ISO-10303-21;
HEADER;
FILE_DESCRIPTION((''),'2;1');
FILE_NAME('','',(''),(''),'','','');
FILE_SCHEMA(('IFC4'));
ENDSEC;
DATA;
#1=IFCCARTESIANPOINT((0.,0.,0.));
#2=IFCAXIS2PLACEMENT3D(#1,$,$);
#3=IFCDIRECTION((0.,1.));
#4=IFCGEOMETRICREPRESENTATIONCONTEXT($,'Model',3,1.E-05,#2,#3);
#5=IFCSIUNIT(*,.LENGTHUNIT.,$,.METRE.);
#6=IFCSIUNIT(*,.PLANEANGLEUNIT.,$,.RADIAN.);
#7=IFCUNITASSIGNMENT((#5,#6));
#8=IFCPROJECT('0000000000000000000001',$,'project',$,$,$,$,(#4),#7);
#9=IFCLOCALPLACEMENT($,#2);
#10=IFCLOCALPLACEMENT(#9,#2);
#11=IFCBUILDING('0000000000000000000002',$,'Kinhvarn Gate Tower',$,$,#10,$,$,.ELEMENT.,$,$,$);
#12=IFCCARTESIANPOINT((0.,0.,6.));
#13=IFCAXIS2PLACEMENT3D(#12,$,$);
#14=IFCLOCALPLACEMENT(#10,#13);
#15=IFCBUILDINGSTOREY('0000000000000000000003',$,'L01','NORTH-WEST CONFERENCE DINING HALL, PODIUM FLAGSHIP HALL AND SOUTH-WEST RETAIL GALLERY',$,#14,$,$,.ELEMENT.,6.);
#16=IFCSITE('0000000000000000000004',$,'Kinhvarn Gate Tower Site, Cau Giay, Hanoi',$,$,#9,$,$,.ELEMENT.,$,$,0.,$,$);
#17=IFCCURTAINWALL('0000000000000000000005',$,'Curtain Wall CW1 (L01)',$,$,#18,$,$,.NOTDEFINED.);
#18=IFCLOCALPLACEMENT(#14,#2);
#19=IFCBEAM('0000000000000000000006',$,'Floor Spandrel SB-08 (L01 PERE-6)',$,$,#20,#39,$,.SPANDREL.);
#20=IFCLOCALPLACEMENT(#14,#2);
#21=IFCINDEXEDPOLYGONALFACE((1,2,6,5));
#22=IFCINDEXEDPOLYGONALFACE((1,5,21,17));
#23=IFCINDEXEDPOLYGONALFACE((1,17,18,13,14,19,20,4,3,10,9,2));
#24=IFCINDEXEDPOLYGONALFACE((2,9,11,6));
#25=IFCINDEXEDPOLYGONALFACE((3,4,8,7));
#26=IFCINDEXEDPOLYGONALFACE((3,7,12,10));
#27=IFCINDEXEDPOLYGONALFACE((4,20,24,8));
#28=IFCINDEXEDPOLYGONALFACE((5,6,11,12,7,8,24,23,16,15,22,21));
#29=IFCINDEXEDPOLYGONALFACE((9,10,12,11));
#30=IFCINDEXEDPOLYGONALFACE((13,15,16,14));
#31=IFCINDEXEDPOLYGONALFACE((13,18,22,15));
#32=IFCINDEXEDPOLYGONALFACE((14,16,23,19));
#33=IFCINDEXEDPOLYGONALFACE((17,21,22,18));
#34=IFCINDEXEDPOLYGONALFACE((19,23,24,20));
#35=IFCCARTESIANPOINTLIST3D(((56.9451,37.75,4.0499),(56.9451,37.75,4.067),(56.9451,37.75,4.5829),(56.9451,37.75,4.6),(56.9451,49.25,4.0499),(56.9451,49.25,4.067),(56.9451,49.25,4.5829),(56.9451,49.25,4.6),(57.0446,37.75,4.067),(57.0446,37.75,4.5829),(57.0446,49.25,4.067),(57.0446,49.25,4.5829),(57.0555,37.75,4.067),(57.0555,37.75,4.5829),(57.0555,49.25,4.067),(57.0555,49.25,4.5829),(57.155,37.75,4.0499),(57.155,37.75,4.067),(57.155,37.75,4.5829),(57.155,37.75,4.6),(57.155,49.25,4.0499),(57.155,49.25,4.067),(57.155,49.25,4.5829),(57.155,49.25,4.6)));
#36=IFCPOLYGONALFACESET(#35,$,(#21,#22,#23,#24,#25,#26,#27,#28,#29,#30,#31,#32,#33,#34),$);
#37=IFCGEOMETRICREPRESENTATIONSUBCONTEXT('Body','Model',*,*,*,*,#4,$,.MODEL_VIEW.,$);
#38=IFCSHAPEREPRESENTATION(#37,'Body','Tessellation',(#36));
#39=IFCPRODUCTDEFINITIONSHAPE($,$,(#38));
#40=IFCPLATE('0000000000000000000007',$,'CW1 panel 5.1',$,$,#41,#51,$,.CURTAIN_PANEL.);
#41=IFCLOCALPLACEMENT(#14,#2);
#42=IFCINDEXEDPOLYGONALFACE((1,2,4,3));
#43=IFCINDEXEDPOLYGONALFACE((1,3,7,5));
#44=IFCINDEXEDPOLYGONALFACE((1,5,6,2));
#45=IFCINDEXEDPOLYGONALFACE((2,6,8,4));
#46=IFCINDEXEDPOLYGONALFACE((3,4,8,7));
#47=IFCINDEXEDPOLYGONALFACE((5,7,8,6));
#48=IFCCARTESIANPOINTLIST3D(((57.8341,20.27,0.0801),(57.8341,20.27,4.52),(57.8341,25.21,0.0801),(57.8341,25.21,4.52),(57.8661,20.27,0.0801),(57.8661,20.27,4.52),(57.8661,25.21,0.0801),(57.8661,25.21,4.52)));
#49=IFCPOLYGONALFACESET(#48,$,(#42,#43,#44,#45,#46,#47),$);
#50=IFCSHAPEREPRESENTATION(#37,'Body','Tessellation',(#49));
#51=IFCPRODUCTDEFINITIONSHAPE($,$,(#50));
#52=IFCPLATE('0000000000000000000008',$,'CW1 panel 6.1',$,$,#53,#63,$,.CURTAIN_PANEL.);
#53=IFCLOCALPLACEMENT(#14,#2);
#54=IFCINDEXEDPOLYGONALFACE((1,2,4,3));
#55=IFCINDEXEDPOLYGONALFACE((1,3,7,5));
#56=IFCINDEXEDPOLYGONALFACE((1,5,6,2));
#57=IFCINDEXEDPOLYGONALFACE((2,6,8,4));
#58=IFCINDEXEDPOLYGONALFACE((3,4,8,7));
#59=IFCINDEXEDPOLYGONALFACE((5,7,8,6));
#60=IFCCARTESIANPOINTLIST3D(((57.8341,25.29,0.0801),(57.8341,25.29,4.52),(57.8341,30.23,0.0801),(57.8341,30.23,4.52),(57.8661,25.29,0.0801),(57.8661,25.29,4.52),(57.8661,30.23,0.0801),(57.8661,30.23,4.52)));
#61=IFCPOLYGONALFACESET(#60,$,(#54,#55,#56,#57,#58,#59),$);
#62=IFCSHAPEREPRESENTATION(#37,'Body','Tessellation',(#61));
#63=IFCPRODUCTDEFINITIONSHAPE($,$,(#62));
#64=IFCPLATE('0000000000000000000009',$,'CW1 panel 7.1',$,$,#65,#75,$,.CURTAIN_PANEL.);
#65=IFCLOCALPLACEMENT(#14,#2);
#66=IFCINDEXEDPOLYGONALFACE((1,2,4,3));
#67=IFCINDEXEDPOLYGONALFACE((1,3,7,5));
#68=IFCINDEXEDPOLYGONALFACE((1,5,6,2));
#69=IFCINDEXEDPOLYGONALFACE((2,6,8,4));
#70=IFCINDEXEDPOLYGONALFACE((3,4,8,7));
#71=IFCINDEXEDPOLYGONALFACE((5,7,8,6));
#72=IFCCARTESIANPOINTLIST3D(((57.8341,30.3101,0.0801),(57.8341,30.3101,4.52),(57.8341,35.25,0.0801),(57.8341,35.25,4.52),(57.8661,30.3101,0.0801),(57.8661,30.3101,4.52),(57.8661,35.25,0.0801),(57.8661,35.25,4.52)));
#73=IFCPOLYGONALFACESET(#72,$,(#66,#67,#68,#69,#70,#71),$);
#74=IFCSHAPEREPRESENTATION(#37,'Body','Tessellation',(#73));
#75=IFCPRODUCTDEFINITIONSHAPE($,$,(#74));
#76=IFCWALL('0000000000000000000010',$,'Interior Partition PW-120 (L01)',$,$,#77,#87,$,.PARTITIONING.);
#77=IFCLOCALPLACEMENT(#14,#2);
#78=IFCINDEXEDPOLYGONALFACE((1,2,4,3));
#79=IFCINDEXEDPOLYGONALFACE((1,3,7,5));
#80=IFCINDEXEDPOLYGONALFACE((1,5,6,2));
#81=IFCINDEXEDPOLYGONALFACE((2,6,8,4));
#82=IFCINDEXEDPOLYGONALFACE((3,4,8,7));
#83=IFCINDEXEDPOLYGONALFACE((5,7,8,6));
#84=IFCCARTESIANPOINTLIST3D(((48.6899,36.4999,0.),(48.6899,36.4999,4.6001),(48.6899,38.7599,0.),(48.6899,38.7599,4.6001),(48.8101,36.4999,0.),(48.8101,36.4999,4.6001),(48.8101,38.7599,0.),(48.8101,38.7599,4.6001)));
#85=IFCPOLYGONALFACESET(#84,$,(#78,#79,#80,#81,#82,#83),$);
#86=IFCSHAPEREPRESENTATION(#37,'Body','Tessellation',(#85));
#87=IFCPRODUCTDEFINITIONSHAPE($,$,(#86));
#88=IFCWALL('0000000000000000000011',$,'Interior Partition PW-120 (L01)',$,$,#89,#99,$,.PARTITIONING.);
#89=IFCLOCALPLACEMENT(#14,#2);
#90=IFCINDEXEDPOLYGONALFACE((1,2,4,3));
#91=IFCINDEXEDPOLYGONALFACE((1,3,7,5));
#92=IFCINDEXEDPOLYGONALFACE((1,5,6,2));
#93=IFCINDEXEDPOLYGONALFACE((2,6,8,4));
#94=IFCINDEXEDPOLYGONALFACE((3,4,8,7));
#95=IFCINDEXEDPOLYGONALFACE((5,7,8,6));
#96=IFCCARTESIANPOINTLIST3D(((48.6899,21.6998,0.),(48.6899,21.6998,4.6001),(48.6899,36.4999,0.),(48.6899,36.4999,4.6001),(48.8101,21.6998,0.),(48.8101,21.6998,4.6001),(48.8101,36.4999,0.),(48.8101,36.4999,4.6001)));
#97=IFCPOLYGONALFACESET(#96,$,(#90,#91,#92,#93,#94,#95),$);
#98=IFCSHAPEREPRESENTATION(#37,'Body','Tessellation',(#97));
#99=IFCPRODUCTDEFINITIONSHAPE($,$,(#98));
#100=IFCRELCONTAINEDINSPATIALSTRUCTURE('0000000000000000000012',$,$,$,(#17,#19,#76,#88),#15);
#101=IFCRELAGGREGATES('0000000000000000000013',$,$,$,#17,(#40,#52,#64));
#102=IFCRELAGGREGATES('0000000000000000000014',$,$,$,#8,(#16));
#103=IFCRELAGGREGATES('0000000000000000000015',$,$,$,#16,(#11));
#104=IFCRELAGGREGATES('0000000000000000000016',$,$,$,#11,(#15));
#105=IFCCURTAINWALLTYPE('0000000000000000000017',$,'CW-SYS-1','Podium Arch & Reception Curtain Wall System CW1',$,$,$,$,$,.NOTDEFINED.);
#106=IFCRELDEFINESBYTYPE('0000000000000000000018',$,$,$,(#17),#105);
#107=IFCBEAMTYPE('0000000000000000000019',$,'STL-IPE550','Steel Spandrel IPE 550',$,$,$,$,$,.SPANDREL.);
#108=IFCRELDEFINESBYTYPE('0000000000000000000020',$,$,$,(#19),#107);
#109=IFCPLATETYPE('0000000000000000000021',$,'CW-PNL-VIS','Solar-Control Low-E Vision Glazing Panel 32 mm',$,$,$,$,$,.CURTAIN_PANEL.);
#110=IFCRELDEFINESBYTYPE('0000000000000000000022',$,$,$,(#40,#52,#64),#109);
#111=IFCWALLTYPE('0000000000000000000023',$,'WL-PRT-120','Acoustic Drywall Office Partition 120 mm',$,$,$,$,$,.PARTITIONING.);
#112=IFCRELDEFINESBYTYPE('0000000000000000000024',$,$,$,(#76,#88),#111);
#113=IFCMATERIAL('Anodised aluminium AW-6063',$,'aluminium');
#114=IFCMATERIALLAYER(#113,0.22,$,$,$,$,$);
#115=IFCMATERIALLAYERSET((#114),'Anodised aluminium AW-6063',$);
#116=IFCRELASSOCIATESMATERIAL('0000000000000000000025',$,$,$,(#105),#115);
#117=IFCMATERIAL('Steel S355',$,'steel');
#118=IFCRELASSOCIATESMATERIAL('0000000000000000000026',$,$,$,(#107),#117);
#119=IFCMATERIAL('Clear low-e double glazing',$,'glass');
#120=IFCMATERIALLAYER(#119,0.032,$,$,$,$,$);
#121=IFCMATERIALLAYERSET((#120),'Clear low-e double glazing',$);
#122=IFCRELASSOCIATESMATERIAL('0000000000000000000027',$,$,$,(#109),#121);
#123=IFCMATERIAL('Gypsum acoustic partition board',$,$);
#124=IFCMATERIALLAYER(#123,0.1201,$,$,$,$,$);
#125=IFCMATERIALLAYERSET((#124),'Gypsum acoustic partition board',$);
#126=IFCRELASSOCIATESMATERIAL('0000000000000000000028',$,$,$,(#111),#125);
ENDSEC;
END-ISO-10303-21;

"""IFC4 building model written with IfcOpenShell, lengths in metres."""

from ifc_helpers import new_model, si_unit, direction, frame, frame_2d, origin, origin_2d, place, context, subcontext, project, spatial, rectangle, i_section, extrude, material, layer, layer_set, material_profile, profile_set, type_object, element, aggregate, save


model = new_model("IFC4")

# Units and contexts
model_context = context("Model", 3, precision=1e-05, world=origin(), true_north=direction((0.0, 1.0)))
body_context = subcontext(model_context, "Body", "Model", "MODEL_VIEW")
ifc_project = project(units=[si_unit("LENGTHUNIT", "METRE"), si_unit("PLANEANGLEUNIT", "RADIAN")], contexts=[model_context])

# Site, building, storey
site_placement = place(None, origin())
site = spatial("IfcSite", under=ifc_project, at=site_placement, Name="Kinhvarn Gate Tower Site, Cau Giay, Hanoi", CompositionType="ELEMENT", RefElevation=0.0)
building_placement = place(site_placement, origin())
building = spatial("IfcBuilding", under=site, at=building_placement, Name="Kinhvarn Gate Tower", CompositionType="ELEMENT")
storey_placement = place(building_placement, frame((0.0, 0.0, 6.0)))
storey = spatial("IfcBuildingStorey", under=building, at=storey_placement, Name="L01", Description="NORTH-WEST CONFERENCE DINING HALL, PODIUM FLAGSHIP HALL AND SOUTH-WEST RETAIL GALLERY", CompositionType="ELEMENT", Elevation=6.0)

# Curtain wall
ifc_material_1 = material(Name="Anodised aluminium AW-6063", Category="aluminium")
ifc_layer_1 = layer(ifc_material_1, 0.22)
ifc_layer_set_1 = layer_set([ifc_layer_1], Name="Anodised aluminium AW-6063")
curtain_wall_type = type_object("IfcCurtainWallType", Name="CW-SYS-1", Description="Podium Arch & Reception Curtain Wall System CW1", PredefinedType="NOTDEFINED", material=ifc_layer_set_1)
curtain_wall_placement = place(storey_placement, origin())
curtain_wall = element("IfcCurtainWall", 1, at=curtain_wall_placement, inside=storey, type_object=curtain_wall_type, Name="Curtain Wall CW1 (L01)", PredefinedType="NOTDEFINED")

# Beam
ifc_material_2 = material(Name="Steel S355", Category="steel")
ifc_material_profile_1 = material_profile(ifc_material_2, i_section(OverallWidth=0.21, OverallDepth=0.55, WebThickness=0.011, FlangeThickness=0.0171, at=origin_2d()), Name="IPE 550")
ifc_profile_set_1 = profile_set([ifc_material_profile_1], Name="Steel S355")
beam_type_1 = type_object("IfcBeamType", Name="STL-IPE550", Description="Steel Spandrel IPE 550", PredefinedType="SPANDREL", material=ifc_profile_set_1)
beam_1_placement = place(storey_placement, frame((57.05, 37.75, 4.325), z_axis=(0.0, 1.0, 0.0), x_axis=(-1.0, 0.0, 0.0)))
element("IfcBeam", 2, at=beam_1_placement, inside=storey, type_object=beam_type_1, Name="Floor Spandrel SB-08 (L01 PERE-6)", PredefinedType="SPANDREL", context=body_context, shape_type="SweptSolid", body=[
    extrude(i_section(OverallWidth=0.21, OverallDepth=0.55, WebThickness=0.011, FlangeThickness=0.0171, at=origin_2d()), origin(), (0.0, 0.0, 1.0), 11.5),
])

# Plates
ifc_material_3 = material(Name="Clear low-e double glazing", Category="glass")
ifc_layer_2 = layer(ifc_material_3, 0.032)
ifc_layer_set_2 = layer_set([ifc_layer_2], Name="Clear low-e double glazing")
plate_type = type_object("IfcPlateType", Name="CW-PNL-VIS", Description="Solar-Control Low-E Vision Glazing Panel 32 mm", PredefinedType="CURTAIN_PANEL", material=ifc_layer_set_2)
plate_1_placement = place(storey_placement, frame((57.8501, 22.74, 0.0801), z_axis=(0.0, 0.0, 1.0), x_axis=(0.0, 1.0, 0.0)))
plate_1 = element("IfcPlate", 3, at=plate_1_placement, type_object=plate_type, Name="CW1 panel 5.1", PredefinedType="CURTAIN_PANEL", context=body_context, shape_type="SweptSolid", body=[
    extrude(rectangle(XDim=4.9399, YDim=0.032, at=origin_2d()), origin(), (0.0, 0.0, 1.0), 4.4399),
])
plate_2_placement = place(storey_placement, frame((57.8501, 27.76, 0.0801), z_axis=(0.0, 0.0, 1.0), x_axis=(0.0, 1.0, 0.0)))
plate_2 = element("IfcPlate", 4, at=plate_2_placement, type_object=plate_type, Name="CW1 panel 6.1", PredefinedType="CURTAIN_PANEL", context=body_context, shape_type="SweptSolid", body=[
    extrude(rectangle(XDim=4.9399, YDim=0.032, at=origin_2d()), origin(), (0.0, 0.0, 1.0), 4.4399),
])
plate_3_placement = place(storey_placement, frame((57.8501, 32.78, 0.0801), z_axis=(0.0, 0.0, 1.0), x_axis=(0.0, 1.0, 0.0)))
plate_3 = element("IfcPlate", 5, at=plate_3_placement, type_object=plate_type, Name="CW1 panel 7.1", PredefinedType="CURTAIN_PANEL", context=body_context, shape_type="SweptSolid", body=[
    extrude(rectangle(XDim=4.9399, YDim=0.032, at=origin_2d()), origin(), (0.0, 0.0, 1.0), 4.4399),
])
aggregate(curtain_wall, [plate_1, plate_2, plate_3])

# Walls
ifc_material_4 = material(Name="Gypsum acoustic partition board")
ifc_layer_3 = layer(ifc_material_4, 0.1201)
ifc_layer_set_3 = layer_set([ifc_layer_3], Name="Gypsum acoustic partition board")
wall_type = type_object("IfcWallType", Name="WL-PRT-120", Description="Acoustic Drywall Office Partition 120 mm", PredefinedType="PARTITIONING", material=ifc_layer_set_3)
wall_1_placement = place(storey_placement, frame((48.75, 36.5, 0.0), z_axis=(0.0, 0.0, 1.0), x_axis=(0.0, 1.0, 0.0)))
element("IfcWall", 6, at=wall_1_placement, inside=storey, type_object=wall_type, Name="Interior Partition PW-120 (L01)", PredefinedType="PARTITIONING", context=body_context, shape_type="SweptSolid", body=[
    extrude(rectangle(XDim=2.26, YDim=0.1201, at=frame_2d((1.1299, 0.0))), origin(), (0.0, 0.0, 1.0), 4.6001),
])
wall_2_placement = place(storey_placement, frame((48.75, 21.7, 0.0), z_axis=(0.0, 0.0, 1.0), x_axis=(0.0, 1.0, 0.0)))
element("IfcWall", 7, at=wall_2_placement, inside=storey, type_object=wall_type, Name="Interior Partition PW-120 (L01)", PredefinedType="PARTITIONING", context=body_context, shape_type="SweptSolid", body=[
    extrude(rectangle(XDim=14.8, YDim=0.1201, at=frame_2d((7.3999, 0.0))), origin(), (0.0, 0.0, 1.0), 4.6001),
])

save(model, "model.ifc")
